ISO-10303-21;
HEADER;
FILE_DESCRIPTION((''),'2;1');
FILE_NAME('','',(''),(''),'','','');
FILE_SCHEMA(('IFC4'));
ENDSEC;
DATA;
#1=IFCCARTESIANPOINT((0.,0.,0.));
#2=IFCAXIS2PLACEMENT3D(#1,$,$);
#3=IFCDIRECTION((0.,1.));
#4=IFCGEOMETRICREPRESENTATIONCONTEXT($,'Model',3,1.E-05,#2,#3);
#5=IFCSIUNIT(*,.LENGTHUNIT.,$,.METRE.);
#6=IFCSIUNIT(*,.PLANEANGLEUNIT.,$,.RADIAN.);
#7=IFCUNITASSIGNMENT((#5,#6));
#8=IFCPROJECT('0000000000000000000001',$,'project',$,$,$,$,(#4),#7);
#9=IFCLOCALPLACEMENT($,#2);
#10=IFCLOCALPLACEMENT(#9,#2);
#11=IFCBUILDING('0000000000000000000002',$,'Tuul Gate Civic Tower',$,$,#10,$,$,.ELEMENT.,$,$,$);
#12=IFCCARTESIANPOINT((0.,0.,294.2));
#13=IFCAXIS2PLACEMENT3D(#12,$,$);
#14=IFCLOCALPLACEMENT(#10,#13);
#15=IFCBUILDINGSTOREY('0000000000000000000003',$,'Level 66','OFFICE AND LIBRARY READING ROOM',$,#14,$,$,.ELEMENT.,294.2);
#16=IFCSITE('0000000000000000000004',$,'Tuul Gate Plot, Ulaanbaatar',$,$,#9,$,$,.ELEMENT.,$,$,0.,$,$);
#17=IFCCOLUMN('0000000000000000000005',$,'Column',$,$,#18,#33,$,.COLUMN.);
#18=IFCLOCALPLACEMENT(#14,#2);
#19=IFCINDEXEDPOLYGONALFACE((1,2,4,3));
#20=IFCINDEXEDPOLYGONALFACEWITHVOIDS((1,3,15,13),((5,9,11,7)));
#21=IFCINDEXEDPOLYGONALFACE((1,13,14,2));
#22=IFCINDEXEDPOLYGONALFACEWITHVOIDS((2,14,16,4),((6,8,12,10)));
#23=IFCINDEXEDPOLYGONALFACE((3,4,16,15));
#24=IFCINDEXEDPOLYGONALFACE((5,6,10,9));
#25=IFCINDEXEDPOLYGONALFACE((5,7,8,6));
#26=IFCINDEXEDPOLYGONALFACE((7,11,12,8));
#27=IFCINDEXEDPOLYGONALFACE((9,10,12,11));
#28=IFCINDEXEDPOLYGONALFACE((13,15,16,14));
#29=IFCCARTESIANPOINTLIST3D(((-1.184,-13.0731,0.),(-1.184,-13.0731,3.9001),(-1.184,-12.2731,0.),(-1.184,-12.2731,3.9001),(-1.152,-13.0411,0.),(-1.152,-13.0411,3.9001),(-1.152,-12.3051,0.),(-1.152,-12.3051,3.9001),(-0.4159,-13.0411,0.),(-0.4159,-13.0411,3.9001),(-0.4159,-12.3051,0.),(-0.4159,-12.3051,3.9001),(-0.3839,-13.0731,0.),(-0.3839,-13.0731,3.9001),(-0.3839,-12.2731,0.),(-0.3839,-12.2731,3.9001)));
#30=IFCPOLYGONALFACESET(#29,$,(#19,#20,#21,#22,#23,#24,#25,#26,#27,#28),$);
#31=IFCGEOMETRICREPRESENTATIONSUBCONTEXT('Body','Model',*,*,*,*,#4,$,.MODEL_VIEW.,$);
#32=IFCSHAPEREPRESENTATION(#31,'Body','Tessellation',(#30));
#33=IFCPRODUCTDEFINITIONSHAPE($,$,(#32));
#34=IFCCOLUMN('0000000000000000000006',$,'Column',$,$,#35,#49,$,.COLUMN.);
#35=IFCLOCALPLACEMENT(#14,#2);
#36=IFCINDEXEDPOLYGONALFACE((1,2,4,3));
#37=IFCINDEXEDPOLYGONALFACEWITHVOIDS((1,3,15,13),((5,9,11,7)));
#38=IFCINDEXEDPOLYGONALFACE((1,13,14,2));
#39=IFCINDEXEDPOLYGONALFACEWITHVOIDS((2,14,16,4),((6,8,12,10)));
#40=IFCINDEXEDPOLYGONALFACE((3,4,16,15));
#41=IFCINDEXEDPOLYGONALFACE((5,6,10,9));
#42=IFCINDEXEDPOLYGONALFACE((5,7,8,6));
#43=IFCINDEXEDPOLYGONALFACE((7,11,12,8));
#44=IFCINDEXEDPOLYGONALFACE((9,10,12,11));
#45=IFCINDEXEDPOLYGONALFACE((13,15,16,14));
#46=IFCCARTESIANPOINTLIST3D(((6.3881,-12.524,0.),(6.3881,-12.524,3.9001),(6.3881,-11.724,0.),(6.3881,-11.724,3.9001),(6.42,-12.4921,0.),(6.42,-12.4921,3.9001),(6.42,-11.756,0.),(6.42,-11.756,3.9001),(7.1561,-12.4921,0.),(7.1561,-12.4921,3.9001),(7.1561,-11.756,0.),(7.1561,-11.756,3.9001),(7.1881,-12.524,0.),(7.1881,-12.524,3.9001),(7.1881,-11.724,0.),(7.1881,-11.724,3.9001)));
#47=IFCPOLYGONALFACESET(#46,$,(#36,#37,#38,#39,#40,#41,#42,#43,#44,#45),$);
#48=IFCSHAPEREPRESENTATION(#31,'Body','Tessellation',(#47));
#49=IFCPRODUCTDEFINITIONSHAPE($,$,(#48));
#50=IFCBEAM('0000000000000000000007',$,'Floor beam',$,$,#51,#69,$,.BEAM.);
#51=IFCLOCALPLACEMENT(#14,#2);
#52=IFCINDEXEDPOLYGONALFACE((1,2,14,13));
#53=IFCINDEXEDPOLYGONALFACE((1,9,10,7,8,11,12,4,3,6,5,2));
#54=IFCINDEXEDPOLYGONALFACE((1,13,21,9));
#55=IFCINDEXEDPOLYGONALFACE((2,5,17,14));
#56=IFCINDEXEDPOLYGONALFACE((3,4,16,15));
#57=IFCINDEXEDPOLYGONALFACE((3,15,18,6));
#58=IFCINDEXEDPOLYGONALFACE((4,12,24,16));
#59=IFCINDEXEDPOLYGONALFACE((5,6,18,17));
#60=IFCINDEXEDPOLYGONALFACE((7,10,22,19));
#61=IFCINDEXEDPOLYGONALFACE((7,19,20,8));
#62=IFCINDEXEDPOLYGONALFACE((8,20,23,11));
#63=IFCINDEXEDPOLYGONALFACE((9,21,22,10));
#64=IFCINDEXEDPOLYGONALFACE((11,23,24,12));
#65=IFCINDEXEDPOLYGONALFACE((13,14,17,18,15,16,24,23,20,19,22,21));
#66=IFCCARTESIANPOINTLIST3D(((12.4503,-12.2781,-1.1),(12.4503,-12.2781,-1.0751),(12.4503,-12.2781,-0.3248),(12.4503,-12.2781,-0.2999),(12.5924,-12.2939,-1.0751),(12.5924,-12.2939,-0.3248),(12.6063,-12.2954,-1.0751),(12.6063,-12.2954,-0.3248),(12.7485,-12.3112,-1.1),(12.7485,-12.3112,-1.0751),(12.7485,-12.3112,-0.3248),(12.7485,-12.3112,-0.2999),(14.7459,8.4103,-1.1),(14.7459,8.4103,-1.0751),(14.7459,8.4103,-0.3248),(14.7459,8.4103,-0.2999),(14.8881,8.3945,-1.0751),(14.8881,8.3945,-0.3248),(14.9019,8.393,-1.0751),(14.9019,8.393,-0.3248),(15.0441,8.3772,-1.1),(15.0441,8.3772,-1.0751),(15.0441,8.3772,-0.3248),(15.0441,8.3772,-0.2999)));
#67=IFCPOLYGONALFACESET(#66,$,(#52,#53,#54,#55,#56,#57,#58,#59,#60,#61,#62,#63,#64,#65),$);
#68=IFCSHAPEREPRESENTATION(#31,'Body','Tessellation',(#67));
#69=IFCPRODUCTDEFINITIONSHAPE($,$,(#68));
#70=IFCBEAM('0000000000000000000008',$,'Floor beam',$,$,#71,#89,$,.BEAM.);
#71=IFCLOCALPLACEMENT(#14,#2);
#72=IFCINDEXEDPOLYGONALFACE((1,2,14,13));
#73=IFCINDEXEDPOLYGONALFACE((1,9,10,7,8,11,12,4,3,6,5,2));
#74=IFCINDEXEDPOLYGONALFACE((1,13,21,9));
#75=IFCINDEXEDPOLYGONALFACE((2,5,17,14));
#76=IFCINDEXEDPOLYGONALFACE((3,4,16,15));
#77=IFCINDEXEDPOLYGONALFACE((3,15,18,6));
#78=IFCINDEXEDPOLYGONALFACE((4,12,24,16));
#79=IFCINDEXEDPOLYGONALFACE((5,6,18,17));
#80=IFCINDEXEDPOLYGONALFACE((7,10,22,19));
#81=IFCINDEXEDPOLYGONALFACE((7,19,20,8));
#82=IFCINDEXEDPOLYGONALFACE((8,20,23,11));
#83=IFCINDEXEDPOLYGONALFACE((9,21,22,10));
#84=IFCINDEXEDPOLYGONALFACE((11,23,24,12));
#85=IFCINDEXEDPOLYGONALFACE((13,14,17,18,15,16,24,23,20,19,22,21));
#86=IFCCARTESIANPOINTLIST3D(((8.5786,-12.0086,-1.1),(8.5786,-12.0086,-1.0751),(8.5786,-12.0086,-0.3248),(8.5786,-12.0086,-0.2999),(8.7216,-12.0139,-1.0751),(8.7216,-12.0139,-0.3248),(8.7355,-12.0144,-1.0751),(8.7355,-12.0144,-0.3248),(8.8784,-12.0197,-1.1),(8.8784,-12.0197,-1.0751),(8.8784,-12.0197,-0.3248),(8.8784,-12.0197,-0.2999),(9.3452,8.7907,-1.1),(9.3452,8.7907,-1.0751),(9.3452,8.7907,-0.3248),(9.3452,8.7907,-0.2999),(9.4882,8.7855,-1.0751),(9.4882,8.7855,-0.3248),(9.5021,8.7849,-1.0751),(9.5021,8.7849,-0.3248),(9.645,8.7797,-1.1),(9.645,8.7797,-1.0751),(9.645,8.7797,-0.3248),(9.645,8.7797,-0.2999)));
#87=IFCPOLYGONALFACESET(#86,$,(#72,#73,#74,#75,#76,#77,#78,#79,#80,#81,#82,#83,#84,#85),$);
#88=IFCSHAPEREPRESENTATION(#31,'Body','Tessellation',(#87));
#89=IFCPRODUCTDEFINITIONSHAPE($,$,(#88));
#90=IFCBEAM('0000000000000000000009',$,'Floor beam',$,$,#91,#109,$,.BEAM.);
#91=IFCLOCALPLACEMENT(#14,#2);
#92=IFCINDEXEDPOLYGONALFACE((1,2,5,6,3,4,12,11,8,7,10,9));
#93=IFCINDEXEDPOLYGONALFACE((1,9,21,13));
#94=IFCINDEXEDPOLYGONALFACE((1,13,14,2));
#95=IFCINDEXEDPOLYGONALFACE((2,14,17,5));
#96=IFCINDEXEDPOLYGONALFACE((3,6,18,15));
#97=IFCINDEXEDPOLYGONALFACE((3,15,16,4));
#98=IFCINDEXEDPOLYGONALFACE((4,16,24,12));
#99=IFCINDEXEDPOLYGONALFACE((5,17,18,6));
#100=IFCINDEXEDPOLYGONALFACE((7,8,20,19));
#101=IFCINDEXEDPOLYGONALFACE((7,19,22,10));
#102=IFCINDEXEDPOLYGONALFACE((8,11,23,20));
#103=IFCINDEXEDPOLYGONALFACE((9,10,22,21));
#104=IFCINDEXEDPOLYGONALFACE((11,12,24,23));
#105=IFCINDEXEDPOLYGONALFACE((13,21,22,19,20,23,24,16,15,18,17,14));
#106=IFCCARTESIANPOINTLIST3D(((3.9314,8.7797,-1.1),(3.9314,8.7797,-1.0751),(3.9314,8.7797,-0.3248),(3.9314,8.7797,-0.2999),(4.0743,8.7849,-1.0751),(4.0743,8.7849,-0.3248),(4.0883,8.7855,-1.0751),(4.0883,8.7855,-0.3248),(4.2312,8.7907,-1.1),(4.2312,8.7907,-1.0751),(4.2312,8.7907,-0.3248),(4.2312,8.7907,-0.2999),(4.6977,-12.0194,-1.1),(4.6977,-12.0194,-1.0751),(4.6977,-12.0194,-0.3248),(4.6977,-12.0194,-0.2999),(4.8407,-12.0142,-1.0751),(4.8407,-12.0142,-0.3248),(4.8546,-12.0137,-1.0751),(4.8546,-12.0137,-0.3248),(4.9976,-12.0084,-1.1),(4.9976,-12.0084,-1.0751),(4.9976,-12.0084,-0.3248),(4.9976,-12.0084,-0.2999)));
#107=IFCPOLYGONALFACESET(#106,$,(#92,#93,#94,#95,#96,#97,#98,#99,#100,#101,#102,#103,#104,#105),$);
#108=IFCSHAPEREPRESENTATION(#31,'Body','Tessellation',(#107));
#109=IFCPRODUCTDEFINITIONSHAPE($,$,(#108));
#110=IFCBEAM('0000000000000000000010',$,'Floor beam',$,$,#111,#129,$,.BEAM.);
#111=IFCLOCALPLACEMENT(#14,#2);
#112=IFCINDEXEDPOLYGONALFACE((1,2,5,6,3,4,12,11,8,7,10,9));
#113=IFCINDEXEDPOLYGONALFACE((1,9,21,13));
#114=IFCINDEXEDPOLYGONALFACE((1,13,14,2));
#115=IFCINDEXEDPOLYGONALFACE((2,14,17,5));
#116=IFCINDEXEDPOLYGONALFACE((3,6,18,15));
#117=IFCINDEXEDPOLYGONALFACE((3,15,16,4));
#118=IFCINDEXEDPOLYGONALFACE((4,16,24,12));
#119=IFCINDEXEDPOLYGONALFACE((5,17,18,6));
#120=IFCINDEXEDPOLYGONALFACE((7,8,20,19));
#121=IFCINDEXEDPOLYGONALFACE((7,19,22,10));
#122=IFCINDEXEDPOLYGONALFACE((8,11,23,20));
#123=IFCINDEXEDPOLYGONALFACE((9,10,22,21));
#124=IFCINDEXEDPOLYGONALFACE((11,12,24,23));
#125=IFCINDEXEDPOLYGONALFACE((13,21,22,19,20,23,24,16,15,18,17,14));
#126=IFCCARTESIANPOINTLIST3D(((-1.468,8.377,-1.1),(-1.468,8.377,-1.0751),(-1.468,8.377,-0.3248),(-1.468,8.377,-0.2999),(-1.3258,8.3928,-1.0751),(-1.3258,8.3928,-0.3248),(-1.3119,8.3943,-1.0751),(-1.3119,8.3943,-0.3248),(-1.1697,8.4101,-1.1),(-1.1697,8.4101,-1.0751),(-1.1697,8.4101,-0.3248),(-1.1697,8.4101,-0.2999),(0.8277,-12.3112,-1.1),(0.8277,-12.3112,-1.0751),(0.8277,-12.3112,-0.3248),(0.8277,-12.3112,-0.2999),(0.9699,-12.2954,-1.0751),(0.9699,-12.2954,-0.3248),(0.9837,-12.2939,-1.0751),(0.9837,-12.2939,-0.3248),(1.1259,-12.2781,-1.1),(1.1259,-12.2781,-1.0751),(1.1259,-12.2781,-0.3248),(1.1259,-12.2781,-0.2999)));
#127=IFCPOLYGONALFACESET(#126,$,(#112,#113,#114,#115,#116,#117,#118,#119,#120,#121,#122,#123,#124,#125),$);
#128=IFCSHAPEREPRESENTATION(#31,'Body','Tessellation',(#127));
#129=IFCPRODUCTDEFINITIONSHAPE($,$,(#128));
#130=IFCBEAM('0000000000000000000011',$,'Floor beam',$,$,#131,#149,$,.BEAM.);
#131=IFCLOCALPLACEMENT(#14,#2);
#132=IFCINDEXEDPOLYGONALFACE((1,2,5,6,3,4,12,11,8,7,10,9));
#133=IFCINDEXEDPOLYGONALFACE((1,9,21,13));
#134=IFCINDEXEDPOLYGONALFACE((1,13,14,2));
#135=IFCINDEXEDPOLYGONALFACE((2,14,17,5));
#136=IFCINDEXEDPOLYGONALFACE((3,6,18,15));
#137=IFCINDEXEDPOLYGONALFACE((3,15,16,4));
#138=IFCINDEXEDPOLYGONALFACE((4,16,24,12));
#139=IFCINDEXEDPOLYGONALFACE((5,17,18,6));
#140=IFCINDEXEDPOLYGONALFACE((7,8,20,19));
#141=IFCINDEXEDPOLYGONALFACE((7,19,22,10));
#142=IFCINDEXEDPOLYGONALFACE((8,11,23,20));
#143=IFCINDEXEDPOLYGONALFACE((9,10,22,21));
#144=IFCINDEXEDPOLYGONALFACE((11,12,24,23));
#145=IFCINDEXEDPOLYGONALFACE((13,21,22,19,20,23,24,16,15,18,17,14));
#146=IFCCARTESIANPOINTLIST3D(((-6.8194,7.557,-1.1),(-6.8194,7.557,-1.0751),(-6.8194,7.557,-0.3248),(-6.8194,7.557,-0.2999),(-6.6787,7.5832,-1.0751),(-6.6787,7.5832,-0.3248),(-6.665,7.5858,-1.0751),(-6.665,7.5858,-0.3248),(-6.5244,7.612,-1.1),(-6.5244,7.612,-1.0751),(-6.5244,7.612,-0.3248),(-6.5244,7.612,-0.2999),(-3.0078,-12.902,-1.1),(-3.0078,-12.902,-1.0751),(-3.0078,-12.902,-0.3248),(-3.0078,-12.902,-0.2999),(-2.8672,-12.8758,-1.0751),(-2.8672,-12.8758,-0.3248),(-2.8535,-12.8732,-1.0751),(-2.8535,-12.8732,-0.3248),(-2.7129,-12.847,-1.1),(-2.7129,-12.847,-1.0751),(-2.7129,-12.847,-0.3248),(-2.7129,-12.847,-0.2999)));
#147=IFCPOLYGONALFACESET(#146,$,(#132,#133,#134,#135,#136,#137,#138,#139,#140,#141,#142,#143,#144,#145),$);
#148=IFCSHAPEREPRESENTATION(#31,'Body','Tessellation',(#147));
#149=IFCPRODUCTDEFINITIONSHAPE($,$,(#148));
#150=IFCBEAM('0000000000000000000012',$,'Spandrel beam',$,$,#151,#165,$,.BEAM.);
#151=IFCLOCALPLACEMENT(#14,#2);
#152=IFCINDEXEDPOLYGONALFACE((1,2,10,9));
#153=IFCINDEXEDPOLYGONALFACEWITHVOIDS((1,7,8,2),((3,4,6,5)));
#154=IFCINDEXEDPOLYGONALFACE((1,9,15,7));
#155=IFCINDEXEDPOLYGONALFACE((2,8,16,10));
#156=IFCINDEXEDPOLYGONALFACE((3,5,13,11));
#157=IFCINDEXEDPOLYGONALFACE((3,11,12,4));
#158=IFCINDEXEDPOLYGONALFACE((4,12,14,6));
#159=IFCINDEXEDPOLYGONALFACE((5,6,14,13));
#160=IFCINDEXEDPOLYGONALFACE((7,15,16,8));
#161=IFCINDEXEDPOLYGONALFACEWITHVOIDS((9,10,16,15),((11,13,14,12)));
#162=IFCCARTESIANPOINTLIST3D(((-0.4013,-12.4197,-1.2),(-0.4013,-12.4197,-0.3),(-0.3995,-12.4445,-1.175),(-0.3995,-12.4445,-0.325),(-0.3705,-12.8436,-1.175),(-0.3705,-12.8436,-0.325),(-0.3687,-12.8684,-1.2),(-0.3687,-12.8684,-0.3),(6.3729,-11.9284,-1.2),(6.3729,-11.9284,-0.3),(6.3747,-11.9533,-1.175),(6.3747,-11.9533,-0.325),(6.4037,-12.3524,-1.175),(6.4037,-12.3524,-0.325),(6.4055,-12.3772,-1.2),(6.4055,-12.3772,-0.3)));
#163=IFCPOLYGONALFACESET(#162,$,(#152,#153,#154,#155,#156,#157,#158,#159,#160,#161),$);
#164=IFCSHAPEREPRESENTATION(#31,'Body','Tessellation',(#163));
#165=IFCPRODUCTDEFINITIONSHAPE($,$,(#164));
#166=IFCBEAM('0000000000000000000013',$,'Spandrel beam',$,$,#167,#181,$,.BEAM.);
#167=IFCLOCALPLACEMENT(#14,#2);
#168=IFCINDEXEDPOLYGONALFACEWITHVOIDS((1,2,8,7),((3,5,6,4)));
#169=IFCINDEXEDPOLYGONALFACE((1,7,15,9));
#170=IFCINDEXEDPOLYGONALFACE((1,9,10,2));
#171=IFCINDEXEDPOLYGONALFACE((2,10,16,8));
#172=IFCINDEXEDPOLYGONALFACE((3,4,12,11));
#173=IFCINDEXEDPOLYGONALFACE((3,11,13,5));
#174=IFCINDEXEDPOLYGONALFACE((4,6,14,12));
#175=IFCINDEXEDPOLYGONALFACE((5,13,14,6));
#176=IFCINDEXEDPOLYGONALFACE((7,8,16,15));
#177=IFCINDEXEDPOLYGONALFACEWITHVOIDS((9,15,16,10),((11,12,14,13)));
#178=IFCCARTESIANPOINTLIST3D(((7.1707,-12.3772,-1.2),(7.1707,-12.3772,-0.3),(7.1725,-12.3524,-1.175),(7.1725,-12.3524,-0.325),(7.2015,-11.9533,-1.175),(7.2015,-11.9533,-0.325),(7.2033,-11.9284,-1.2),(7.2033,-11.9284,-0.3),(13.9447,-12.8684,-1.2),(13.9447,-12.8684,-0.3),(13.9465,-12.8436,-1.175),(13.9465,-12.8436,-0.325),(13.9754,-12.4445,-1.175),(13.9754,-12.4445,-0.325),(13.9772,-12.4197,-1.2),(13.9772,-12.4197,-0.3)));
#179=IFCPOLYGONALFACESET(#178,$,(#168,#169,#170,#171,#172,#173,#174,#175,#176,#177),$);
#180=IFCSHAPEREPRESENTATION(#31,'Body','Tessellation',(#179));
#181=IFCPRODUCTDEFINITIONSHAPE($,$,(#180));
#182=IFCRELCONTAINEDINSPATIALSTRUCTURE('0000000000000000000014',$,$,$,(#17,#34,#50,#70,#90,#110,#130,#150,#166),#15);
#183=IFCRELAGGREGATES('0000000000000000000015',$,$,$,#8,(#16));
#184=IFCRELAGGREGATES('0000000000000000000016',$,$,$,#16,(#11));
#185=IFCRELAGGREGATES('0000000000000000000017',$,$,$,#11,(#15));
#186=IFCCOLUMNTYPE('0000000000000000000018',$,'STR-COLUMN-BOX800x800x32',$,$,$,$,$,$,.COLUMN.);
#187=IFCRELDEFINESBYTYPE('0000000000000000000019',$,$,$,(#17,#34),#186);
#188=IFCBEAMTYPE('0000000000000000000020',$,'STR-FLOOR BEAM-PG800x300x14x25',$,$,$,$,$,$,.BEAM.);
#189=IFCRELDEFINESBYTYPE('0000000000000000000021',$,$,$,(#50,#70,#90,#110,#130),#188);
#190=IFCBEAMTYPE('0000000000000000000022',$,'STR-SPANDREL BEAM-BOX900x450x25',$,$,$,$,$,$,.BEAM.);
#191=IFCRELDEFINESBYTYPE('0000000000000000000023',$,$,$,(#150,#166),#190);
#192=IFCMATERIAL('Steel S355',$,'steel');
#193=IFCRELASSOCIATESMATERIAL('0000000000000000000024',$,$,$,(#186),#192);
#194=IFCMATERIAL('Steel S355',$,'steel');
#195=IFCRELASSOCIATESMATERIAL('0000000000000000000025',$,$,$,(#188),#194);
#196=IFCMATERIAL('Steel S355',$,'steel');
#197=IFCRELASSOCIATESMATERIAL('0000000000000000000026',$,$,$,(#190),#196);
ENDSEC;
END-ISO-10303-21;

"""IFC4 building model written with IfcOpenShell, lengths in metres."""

from ifc_helpers import new_model, si_unit, direction, frame, origin, origin_2d, place, context, subcontext, project, spatial, hollow_rectangle, i_section, extrude, material, material_profile, profile_set, type_object, element, save


model = new_model("IFC4")

# Units and contexts
model_context = context("Model", 3, precision=1e-05, world=origin(), true_north=direction((0.0, 1.0)))
body_context = subcontext(model_context, "Body", "Model", "MODEL_VIEW")
ifc_project = project(units=[si_unit("LENGTHUNIT", "METRE"), si_unit("PLANEANGLEUNIT", "RADIAN")], contexts=[model_context])

# Site, building, storey
site_placement = place(None, origin())
site = spatial("IfcSite", under=ifc_project, at=site_placement, Name="Tuul Gate Plot, Ulaanbaatar", CompositionType="ELEMENT", RefElevation=0.0)
building_placement = place(site_placement, origin())
building = spatial("IfcBuilding", under=site, at=building_placement, Name="Tuul Gate Civic Tower", CompositionType="ELEMENT")
storey_placement = place(building_placement, frame((0.0, 0.0, 294.2)))
storey = spatial("IfcBuildingStorey", under=building, at=storey_placement, Name="Level 66", Description="OFFICE AND LIBRARY READING ROOM", CompositionType="ELEMENT", Elevation=294.2)

# Columns
ifc_material_1 = material(Name="Steel S355", Category="steel")
ifc_material_profile_1 = material_profile(ifc_material_1, hollow_rectangle(XDim=0.8, YDim=0.8, WallThickness=0.032, at=origin_2d()), Name="BOX800x800x32")
ifc_profile_set_1 = profile_set([ifc_material_profile_1], Name="Steel S355")
column_type = type_object("IfcColumnType", Name="STR-COLUMN-BOX800x800x32", PredefinedType="COLUMN", material=ifc_profile_set_1)
for number, where, z_axis, x_axis, name in (
    (1, (-0.7839, -12.6731, 0.0), (0.0, 0.0, 1.0), (1.0, 0.0, 0.0), "Column"),
    (2, (6.7881, -12.124, 0.0), (0.0, 0.0, 1.0), (1.0, 0.0, 0.0), "Column"),
):
    element("IfcColumn", number, at=place(storey_placement, frame(where, z_axis=z_axis, x_axis=x_axis)), inside=storey, type_object=column_type, Name=name, PredefinedType="COLUMN", context=body_context, shape_type="SweptSolid", body=[
        extrude(hollow_rectangle(XDim=0.8, YDim=0.8, WallThickness=0.032, at=origin_2d()), origin(), (0.0, 0.0, 1.0), 3.9001),
    ])

# Beams
ifc_material_2 = material(Name="Steel S355", Category="steel")
ifc_material_profile_2 = material_profile(ifc_material_2, i_section(OverallWidth=0.3, OverallDepth=0.8, WebThickness=0.0139, FlangeThickness=0.0249, at=origin_2d()), Name="PG800x300x14x25")
ifc_profile_set_2 = profile_set([ifc_material_profile_2], Name="Steel S355")
beam_type_1 = type_object("IfcBeamType", Name="STR-FLOOR BEAM-PG800x300x14x25", PredefinedType="BEAM", material=ifc_profile_set_2)
beam_1_placement = place(storey_placement, frame((12.5994, -12.2947, -0.7), z_axis=(0.110286, 0.9939, 0.0), x_axis=(-0.9939, 0.110286, 0.0)))
element("IfcBeam", 3, at=beam_1_placement, inside=storey, type_object=beam_type_1, Name="Floor beam", PredefinedType="BEAM", context=body_context, shape_type="SweptSolid", body=[
    extrude(i_section(OverallWidth=0.3, OverallDepth=0.8, WebThickness=0.0139, FlangeThickness=0.0249, at=origin_2d()), origin(), (0.0, 0.0, 1.0), 20.8154),
])
beam_2_placement = place(storey_placement, frame((8.7285, -12.0142, -0.7), z_axis=(0.036832, 0.999321, 0.0), x_axis=(-0.999321, 0.036832, 0.0)))
element("IfcBeam", 4, at=beam_2_placement, inside=storey, type_object=beam_type_1, Name="Floor beam", PredefinedType="BEAM", context=body_context, shape_type="SweptSolid", body=[
    extrude(i_section(OverallWidth=0.3, OverallDepth=0.8, WebThickness=0.0139, FlangeThickness=0.0249, at=origin_2d()), origin(), (0.0, 0.0, 1.0), 20.8135),
])
beam_3_placement = place(storey_placement, frame((4.8477, -12.0139, -0.7), z_axis=(-0.036821, 0.999322, 0.0), x_axis=(-0.999322, -0.036821, 0.0)))
element("IfcBeam", 5, at=beam_3_placement, inside=storey, type_object=beam_type_1, Name="Floor beam", PredefinedType="BEAM", context=body_context, shape_type="SweptSolid", body=[
    extrude(i_section(OverallWidth=0.3, OverallDepth=0.8, WebThickness=0.0139, FlangeThickness=0.0249, at=origin_2d()), origin(), (0.0, 0.0, 1.0), 20.8132),
])
beam_4_placement = place(storey_placement, frame((0.9768, -12.2947, -0.7), z_axis=(-0.110287, 0.9939, 0.0), x_axis=(-0.9939, -0.110287, 0.0)))
element("IfcBeam", 6, at=beam_4_placement, inside=storey, type_object=beam_type_1, Name="Floor beam", PredefinedType="BEAM", context=body_context, shape_type="SweptSolid", body=[
    extrude(i_section(OverallWidth=0.3, OverallDepth=0.8, WebThickness=0.0139, FlangeThickness=0.0249, at=origin_2d()), origin(), (0.0, 0.0, 1.0), 20.8152),
])
beam_5_placement = place(storey_placement, frame((-2.8604, -12.8745, -0.7), z_axis=(-0.183149, 0.983085, 0.0), x_axis=(-0.983085, -0.183149, 0.0)))
element("IfcBeam", 7, at=beam_5_placement, inside=storey, type_object=beam_type_1, Name="Floor beam", PredefinedType="BEAM", context=body_context, shape_type="SweptSolid", body=[
    extrude(i_section(OverallWidth=0.3, OverallDepth=0.8, WebThickness=0.0139, FlangeThickness=0.0249, at=origin_2d()), origin(), (0.0, 0.0, 1.0), 20.811),
])
ifc_material_3 = material(Name="Steel S355", Category="steel")
ifc_material_profile_3 = material_profile(ifc_material_3, hollow_rectangle(XDim=0.45, YDim=0.8999, WallThickness=0.0249, at=origin_2d()), Name="BOX900x450x25")
ifc_profile_set_3 = profile_set([ifc_material_profile_3], Name="Steel S355")
beam_type_2 = type_object("IfcBeamType", Name="STR-SPANDREL BEAM-BOX900x450x25", PredefinedType="BEAM", material=ifc_profile_set_3)
beam_6_placement = place(storey_placement, frame((-0.385, -12.644, -0.75), z_axis=(0.997381, 0.072322, 0.0), x_axis=(-0.072322, 0.997381, 0.0)))
element("IfcBeam", 8, at=beam_6_placement, inside=storey, type_object=beam_type_2, Name="Spandrel beam", PredefinedType="BEAM", context=body_context, shape_type="SweptSolid", body=[
    extrude(hollow_rectangle(XDim=0.45, YDim=0.8999, WallThickness=0.0249, at=origin_2d()), origin(), (0.0, 0.0, 1.0), 6.792),
])
beam_7_placement = place(storey_placement, frame((7.187, -12.1528, -0.75), z_axis=(0.997381, -0.072325, 0.0), x_axis=(0.072325, 0.997381, 0.0)))
element("IfcBeam", 9, at=beam_7_placement, inside=storey, type_object=beam_type_2, Name="Spandrel beam", PredefinedType="BEAM", context=body_context, shape_type="SweptSolid", body=[
    extrude(hollow_rectangle(XDim=0.45, YDim=0.8999, WallThickness=0.0249, at=origin_2d()), origin(), (0.0, 0.0, 1.0), 6.7917),
])

save(model, "model.ifc")
